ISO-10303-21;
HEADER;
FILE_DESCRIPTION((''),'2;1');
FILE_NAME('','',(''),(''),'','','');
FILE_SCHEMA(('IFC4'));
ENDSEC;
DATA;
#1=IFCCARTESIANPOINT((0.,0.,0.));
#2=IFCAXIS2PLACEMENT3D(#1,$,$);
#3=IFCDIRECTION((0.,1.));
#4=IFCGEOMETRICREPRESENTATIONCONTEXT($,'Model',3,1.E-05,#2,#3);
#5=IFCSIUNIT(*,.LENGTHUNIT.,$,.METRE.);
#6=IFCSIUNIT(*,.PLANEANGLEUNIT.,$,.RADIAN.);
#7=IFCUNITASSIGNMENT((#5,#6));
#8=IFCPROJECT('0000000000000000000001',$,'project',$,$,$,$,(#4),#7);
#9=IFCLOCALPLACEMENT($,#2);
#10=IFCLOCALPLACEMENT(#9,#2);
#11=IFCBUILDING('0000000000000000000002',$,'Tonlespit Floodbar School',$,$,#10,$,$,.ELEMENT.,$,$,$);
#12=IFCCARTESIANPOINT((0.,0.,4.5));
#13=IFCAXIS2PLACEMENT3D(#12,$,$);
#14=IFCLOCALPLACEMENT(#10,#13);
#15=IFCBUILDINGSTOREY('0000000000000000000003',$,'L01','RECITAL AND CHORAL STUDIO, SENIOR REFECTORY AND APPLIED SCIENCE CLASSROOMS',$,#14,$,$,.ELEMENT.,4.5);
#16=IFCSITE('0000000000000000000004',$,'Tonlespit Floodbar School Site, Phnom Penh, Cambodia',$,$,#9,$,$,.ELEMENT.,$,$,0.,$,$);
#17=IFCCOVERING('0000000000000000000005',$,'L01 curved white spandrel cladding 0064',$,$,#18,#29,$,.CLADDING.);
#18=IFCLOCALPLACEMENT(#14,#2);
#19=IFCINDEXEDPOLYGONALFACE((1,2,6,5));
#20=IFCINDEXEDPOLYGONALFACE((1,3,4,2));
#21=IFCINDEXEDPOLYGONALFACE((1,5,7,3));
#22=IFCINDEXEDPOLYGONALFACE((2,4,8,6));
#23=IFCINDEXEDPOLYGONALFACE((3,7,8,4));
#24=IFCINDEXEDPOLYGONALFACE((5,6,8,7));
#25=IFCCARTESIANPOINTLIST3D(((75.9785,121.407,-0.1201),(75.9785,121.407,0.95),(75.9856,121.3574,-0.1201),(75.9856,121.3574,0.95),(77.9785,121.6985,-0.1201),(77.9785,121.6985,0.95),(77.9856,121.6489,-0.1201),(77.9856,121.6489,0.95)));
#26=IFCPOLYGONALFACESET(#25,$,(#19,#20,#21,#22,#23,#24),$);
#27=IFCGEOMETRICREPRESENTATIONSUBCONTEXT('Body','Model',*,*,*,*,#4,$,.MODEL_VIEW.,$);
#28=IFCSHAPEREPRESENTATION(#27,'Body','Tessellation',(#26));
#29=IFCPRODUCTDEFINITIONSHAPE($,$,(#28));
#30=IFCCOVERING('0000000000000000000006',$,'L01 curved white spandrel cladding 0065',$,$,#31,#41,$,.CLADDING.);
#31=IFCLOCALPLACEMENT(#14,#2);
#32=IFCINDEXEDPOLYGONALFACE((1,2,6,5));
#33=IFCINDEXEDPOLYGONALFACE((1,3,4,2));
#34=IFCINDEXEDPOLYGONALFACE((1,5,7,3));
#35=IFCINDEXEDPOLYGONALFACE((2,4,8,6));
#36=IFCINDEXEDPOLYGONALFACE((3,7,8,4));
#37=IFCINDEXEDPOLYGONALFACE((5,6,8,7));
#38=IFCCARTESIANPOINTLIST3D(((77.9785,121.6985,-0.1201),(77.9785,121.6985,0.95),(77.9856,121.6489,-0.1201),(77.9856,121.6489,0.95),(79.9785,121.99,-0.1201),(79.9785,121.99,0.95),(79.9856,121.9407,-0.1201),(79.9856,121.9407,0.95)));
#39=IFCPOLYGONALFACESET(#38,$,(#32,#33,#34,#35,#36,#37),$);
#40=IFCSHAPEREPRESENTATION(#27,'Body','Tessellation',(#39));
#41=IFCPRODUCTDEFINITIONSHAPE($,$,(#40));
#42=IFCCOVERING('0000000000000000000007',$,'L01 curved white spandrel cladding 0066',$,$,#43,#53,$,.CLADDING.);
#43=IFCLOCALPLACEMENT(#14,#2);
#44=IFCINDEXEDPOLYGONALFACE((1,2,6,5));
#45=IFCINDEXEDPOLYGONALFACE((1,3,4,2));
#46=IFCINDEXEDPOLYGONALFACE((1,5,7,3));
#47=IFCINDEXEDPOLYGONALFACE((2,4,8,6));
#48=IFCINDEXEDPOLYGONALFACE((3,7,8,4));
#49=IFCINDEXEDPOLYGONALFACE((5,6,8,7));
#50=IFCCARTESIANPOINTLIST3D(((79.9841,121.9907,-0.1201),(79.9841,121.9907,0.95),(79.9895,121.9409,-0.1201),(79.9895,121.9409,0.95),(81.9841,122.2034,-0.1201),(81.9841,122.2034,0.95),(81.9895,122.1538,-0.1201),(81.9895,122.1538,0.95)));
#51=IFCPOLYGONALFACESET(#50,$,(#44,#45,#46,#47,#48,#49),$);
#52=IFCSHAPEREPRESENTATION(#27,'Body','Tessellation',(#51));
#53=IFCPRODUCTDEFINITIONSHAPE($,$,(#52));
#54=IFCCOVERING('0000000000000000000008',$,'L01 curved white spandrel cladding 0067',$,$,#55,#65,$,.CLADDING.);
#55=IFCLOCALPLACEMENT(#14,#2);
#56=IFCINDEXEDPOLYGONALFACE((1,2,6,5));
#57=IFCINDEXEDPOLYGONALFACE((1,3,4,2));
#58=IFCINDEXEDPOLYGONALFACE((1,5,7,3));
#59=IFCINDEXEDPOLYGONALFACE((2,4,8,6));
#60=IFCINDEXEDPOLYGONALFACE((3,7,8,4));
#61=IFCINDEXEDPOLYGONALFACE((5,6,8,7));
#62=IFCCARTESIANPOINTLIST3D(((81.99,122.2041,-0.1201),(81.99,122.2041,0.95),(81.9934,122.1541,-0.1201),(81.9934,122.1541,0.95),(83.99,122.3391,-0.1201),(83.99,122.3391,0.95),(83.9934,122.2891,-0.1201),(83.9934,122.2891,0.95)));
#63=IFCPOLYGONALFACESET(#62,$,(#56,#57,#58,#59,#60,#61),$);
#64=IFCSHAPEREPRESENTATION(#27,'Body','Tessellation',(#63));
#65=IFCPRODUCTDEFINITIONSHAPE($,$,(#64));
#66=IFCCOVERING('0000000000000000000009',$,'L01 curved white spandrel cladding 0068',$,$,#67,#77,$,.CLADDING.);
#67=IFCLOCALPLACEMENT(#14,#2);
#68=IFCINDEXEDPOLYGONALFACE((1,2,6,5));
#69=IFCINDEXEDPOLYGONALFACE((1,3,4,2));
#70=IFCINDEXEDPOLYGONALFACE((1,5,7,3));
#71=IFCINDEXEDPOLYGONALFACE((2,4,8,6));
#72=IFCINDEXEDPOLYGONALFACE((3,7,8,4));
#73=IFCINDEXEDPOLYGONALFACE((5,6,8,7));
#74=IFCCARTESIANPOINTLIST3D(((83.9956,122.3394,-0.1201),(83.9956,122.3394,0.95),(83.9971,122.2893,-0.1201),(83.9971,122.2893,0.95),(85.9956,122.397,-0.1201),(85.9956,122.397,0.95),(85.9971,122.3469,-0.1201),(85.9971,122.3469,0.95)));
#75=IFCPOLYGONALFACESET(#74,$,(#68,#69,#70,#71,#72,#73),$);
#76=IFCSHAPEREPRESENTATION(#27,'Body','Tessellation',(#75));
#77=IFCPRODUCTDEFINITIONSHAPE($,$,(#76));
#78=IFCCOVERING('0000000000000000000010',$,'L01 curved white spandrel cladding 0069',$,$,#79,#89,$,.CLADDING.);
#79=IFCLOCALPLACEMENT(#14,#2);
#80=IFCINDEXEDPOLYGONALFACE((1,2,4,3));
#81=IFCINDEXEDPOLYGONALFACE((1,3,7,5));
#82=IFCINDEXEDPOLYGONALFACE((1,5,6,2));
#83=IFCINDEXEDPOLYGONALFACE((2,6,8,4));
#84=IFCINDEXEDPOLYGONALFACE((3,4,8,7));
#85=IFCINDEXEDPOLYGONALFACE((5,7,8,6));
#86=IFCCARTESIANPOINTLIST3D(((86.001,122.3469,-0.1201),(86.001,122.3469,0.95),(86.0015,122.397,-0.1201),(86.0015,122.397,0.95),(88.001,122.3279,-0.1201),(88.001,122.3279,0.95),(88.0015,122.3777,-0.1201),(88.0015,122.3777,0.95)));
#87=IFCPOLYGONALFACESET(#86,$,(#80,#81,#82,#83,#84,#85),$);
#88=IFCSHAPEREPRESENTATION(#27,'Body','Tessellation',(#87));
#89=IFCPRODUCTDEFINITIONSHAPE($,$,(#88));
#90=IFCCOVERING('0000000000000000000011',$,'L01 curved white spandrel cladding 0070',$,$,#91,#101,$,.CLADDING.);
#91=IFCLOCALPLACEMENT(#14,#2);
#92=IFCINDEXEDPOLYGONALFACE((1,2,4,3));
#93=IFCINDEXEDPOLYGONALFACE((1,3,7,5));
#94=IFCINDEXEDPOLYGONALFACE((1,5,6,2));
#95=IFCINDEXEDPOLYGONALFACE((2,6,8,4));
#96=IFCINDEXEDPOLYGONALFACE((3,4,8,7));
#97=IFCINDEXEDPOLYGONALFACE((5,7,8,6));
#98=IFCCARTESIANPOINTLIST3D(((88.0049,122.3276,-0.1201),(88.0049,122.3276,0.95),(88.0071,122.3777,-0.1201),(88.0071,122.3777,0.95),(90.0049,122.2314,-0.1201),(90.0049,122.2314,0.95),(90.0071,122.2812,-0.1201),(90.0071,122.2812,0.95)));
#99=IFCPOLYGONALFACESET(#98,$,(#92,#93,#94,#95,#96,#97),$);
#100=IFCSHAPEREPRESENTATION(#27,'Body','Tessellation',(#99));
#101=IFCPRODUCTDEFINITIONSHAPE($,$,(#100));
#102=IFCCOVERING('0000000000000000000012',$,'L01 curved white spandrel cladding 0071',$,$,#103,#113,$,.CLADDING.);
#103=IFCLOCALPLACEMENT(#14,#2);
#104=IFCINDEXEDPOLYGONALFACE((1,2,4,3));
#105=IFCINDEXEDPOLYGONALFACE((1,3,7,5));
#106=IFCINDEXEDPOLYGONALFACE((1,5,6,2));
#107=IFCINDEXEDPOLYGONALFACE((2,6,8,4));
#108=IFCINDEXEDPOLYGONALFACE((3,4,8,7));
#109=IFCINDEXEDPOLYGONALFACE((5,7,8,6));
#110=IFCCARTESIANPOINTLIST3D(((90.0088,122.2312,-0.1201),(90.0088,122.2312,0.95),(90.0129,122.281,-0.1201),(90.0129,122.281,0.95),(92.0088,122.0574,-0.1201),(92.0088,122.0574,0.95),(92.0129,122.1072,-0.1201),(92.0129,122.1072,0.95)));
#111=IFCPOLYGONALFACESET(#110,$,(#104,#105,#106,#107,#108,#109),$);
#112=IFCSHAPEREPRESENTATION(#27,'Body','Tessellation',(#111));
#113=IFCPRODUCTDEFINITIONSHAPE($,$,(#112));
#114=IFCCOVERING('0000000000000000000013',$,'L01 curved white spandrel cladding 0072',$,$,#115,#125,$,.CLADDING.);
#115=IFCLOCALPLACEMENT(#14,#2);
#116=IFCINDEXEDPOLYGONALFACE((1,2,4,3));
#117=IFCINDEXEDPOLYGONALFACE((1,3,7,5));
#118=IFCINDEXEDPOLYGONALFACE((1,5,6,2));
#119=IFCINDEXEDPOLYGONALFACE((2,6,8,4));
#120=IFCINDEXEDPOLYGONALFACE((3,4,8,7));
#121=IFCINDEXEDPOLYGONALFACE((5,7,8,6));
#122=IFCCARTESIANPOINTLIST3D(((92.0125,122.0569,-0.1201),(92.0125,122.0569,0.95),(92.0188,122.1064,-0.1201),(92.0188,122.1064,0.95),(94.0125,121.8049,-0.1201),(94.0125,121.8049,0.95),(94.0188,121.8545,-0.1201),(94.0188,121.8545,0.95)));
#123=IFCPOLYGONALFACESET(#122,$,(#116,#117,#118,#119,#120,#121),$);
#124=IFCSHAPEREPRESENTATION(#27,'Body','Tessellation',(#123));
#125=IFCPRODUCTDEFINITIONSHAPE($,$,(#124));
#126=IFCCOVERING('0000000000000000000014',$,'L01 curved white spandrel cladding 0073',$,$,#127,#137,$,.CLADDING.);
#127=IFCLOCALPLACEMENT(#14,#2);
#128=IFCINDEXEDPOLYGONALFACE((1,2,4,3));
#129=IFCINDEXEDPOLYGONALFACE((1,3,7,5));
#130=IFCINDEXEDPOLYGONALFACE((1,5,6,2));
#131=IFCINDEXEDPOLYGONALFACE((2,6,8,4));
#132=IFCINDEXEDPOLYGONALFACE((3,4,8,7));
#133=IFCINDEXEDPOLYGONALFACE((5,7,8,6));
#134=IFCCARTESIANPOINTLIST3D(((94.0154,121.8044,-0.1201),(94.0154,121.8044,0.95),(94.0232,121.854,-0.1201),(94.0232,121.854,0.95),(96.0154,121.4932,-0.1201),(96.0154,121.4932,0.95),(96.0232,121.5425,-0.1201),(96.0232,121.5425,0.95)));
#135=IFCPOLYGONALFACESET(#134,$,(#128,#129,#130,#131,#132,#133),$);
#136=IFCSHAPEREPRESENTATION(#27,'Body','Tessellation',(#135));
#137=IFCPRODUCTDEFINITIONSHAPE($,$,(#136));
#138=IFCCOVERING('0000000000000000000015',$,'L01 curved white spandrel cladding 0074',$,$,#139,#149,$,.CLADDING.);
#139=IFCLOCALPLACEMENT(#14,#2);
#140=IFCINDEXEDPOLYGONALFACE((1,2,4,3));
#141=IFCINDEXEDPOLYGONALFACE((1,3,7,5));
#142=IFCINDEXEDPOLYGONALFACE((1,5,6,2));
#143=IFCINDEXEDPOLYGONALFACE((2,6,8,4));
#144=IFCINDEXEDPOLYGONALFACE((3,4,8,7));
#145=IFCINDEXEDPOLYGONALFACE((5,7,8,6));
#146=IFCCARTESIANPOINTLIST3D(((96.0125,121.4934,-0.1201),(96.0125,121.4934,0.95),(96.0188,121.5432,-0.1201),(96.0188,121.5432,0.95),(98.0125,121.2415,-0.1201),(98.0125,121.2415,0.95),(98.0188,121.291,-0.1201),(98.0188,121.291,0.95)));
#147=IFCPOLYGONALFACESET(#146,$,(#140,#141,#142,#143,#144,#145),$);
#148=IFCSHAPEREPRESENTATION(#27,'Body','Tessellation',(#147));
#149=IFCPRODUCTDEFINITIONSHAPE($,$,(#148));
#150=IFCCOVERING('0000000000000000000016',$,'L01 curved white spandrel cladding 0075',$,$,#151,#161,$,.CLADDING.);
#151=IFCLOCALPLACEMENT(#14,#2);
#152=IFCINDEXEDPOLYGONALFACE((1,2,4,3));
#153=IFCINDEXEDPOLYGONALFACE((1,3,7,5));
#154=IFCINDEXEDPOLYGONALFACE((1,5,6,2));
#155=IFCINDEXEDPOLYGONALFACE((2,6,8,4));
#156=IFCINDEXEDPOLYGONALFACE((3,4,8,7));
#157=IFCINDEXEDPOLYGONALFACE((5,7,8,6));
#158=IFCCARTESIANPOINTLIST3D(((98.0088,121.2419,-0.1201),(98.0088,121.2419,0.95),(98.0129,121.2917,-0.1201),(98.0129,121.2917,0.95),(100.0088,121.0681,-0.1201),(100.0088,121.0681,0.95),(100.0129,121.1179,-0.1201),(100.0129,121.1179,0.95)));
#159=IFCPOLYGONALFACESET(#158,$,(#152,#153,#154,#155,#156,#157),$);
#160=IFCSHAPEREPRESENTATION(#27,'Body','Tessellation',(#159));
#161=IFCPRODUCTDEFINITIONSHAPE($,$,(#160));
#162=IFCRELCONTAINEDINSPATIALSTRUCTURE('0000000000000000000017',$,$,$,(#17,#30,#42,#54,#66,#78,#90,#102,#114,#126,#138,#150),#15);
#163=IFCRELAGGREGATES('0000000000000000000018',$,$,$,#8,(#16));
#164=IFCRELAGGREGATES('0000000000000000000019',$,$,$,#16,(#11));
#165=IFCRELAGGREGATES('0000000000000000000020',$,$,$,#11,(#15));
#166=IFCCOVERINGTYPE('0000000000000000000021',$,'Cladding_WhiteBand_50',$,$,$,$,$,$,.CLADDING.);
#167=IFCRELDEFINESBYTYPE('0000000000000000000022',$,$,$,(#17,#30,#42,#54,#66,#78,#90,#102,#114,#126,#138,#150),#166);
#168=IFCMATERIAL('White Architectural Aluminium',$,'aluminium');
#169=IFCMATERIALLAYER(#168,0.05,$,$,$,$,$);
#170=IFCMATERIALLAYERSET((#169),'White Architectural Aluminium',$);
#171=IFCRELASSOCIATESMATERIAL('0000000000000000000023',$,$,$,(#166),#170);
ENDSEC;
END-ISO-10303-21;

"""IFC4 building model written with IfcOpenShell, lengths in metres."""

from ifc_helpers import new_model, si_unit, direction, frame, origin, place, context, subcontext, project, spatial, polyline, outline, extrude, material, layer, layer_set, type_object, element, save


model = new_model("IFC4")

# Units and contexts
model_context = context("Model", 3, precision=1e-05, world=origin(), true_north=direction((0.0, 1.0)))
body_context = subcontext(model_context, "Body", "Model", "MODEL_VIEW")
ifc_project = project(units=[si_unit("LENGTHUNIT", "METRE"), si_unit("PLANEANGLEUNIT", "RADIAN")], contexts=[model_context])

# Site, building, storey
site_placement = place(None, origin())
site = spatial("IfcSite", under=ifc_project, at=site_placement, Name="Tonlespit Floodbar School Site, Phnom Penh, Cambodia", CompositionType="ELEMENT", RefElevation=0.0)
building_placement = place(site_placement, origin())
building = spatial("IfcBuilding", under=site, at=building_placement, Name="Tonlespit Floodbar School", CompositionType="ELEMENT")
storey_placement = place(building_placement, frame((0.0, 0.0, 4.5)))
storey = spatial("IfcBuildingStorey", under=building, at=storey_placement, Name="L01", Description="RECITAL AND CHORAL STUDIO, SENIOR REFECTORY AND APPLIED SCIENCE CLASSROOMS", CompositionType="ELEMENT", Elevation=4.5)

# Coverings
ifc_material = material(Name="White Architectural Aluminium", Category="aluminium")
ifc_layer = layer(ifc_material, 0.05)
ifc_layer_set = layer_set([ifc_layer], Name="White Architectural Aluminium")
covering_type = type_object("IfcCoveringType", Name="Cladding_WhiteBand_50", PredefinedType="CLADDING", material=ifc_layer_set)
covering_1_placement = place(storey_placement, frame((0.0, 0.0, -0.1201)))
element("IfcCovering", 1, at=covering_1_placement, inside=storey, type_object=covering_type, Name="L01 curved white spandrel cladding 0064", PredefinedType="CLADDING", context=body_context, shape_type="SweptSolid", body=[
    extrude(outline(polyline([(75.9856, 121.3574), (77.9856, 121.6489), (77.9785, 121.6985), (75.9785, 121.407), (75.9856, 121.3574)])), origin(), (0.0, 0.0, 1.0), 1.0701),
])
covering_2_placement = place(storey_placement, frame((0.0, 0.0, -0.1201)))
element("IfcCovering", 2, at=covering_2_placement, inside=storey, type_object=covering_type, Name="L01 curved white spandrel cladding 0065", PredefinedType="CLADDING", context=body_context, shape_type="SweptSolid", body=[
    extrude(outline(polyline([(77.9856, 121.6489), (79.9856, 121.9407), (79.9785, 121.99), (77.9785, 121.6985), (77.9856, 121.6489)])), origin(), (0.0, 0.0, 1.0), 1.0701),
])
covering_3_placement = place(storey_placement, frame((0.0, 0.0, -0.1201)))
element("IfcCovering", 3, at=covering_3_placement, inside=storey, type_object=covering_type, Name="L01 curved white spandrel cladding 0066", PredefinedType="CLADDING", context=body_context, shape_type="SweptSolid", body=[
    extrude(outline(polyline([(79.9895, 121.9409), (81.9895, 122.1538), (81.9841, 122.2034), (79.9841, 121.9907), (79.9895, 121.9409)])), origin(), (0.0, 0.0, 1.0), 1.0701),
])
covering_4_placement = place(storey_placement, frame((0.0, 0.0, -0.1201)))
element("IfcCovering", 4, at=covering_4_placement, inside=storey, type_object=covering_type, Name="L01 curved white spandrel cladding 0067", PredefinedType="CLADDING", context=body_context, shape_type="SweptSolid", body=[
    extrude(outline(polyline([(81.9934, 122.1541), (83.9934, 122.2891), (83.99, 122.3391), (81.99, 122.2041), (81.9934, 122.1541)])), origin(), (0.0, 0.0, 1.0), 1.0701),
])
covering_5_placement = place(storey_placement, frame((0.0, 0.0, -0.1201)))
element("IfcCovering", 5, at=covering_5_placement, inside=storey, type_object=covering_type, Name="L01 curved white spandrel cladding 0068", PredefinedType="CLADDING", context=body_context, shape_type="SweptSolid", body=[
    extrude(outline(polyline([(83.9971, 122.2893), (85.9971, 122.3469), (85.9956, 122.397), (83.9956, 122.3394), (83.9971, 122.2893)])), origin(), (0.0, 0.0, 1.0), 1.0701),
])
covering_6_placement = place(storey_placement, frame((0.0, 0.0, -0.1201)))
element("IfcCovering", 6, at=covering_6_placement, inside=storey, type_object=covering_type, Name="L01 curved white spandrel cladding 0069", PredefinedType="CLADDING", context=body_context, shape_type="SweptSolid", body=[
    extrude(outline(polyline([(86.001, 122.3469), (88.001, 122.3279), (88.0015, 122.3777), (86.0015, 122.397), (86.001, 122.3469)])), origin(), (0.0, 0.0, 1.0), 1.0701),
])
covering_7_placement = place(storey_placement, frame((0.0, 0.0, -0.1201)))
element("IfcCovering", 7, at=covering_7_placement, inside=storey, type_object=covering_type, Name="L01 curved white spandrel cladding 0070", PredefinedType="CLADDING", context=body_context, shape_type="SweptSolid", body=[
    extrude(outline(polyline([(88.0049, 122.3276), (90.0049, 122.2314), (90.0071, 122.2812), (88.0071, 122.3777), (88.0049, 122.3276)])), origin(), (0.0, 0.0, 1.0), 1.0701),
])
covering_8_placement = place(storey_placement, frame((0.0, 0.0, -0.1201)))
element("IfcCovering", 8, at=covering_8_placement, inside=storey, type_object=covering_type, Name="L01 curved white spandrel cladding 0071", PredefinedType="CLADDING", context=body_context, shape_type="SweptSolid", body=[
    extrude(outline(polyline([(90.0088, 122.2312), (92.0088, 122.0574), (92.0129, 122.1072), (90.0129, 122.281), (90.0088, 122.2312)])), origin(), (0.0, 0.0, 1.0), 1.0701),
])
covering_9_placement = place(storey_placement, frame((0.0, 0.0, -0.1201)))
element("IfcCovering", 9, at=covering_9_placement, inside=storey, type_object=covering_type, Name="L01 curved white spandrel cladding 0072", PredefinedType="CLADDING", context=body_context, shape_type="SweptSolid", body=[
    extrude(outline(polyline([(92.0125, 122.0569), (94.0125, 121.8049), (94.0188, 121.8545), (92.0188, 122.1064), (92.0125, 122.0569)])), origin(), (0.0, 0.0, 1.0), 1.0701),
])
covering_10_placement = place(storey_placement, frame((0.0, 0.0, -0.1201)))
element("IfcCovering", 10, at=covering_10_placement, inside=storey, type_object=covering_type, Name="L01 curved white spandrel cladding 0073", PredefinedType="CLADDING", context=body_context, shape_type="SweptSolid", body=[
    extrude(outline(polyline([(94.0154, 121.8044), (96.0154, 121.4932), (96.0232, 121.5425), (94.0232, 121.854), (94.0154, 121.8044)])), origin(), (0.0, 0.0, 1.0), 1.0701),
])
covering_11_placement = place(storey_placement, frame((0.0, 0.0, -0.1201)))
element("IfcCovering", 11, at=covering_11_placement, inside=storey, type_object=covering_type, Name="L01 curved white spandrel cladding 0074", PredefinedType="CLADDING", context=body_context, shape_type="SweptSolid", body=[
    extrude(outline(polyline([(96.0125, 121.4934), (98.0125, 121.2415), (98.0188, 121.291), (96.0188, 121.5432), (96.0125, 121.4934)])), origin(), (0.0, 0.0, 1.0), 1.0701),
])
covering_12_placement = place(storey_placement, frame((0.0, 0.0, -0.1201)))
element("IfcCovering", 12, at=covering_12_placement, inside=storey, type_object=covering_type, Name="L01 curved white spandrel cladding 0075", PredefinedType="CLADDING", context=body_context, shape_type="SweptSolid", body=[
    extrude(outline(polyline([(98.0088, 121.2419), (100.0088, 121.0681), (100.0129, 121.1179), (98.0129, 121.2917), (98.0088, 121.2419)])), origin(), (0.0, 0.0, 1.0), 1.0701),
])

save(model, "model.ifc")
